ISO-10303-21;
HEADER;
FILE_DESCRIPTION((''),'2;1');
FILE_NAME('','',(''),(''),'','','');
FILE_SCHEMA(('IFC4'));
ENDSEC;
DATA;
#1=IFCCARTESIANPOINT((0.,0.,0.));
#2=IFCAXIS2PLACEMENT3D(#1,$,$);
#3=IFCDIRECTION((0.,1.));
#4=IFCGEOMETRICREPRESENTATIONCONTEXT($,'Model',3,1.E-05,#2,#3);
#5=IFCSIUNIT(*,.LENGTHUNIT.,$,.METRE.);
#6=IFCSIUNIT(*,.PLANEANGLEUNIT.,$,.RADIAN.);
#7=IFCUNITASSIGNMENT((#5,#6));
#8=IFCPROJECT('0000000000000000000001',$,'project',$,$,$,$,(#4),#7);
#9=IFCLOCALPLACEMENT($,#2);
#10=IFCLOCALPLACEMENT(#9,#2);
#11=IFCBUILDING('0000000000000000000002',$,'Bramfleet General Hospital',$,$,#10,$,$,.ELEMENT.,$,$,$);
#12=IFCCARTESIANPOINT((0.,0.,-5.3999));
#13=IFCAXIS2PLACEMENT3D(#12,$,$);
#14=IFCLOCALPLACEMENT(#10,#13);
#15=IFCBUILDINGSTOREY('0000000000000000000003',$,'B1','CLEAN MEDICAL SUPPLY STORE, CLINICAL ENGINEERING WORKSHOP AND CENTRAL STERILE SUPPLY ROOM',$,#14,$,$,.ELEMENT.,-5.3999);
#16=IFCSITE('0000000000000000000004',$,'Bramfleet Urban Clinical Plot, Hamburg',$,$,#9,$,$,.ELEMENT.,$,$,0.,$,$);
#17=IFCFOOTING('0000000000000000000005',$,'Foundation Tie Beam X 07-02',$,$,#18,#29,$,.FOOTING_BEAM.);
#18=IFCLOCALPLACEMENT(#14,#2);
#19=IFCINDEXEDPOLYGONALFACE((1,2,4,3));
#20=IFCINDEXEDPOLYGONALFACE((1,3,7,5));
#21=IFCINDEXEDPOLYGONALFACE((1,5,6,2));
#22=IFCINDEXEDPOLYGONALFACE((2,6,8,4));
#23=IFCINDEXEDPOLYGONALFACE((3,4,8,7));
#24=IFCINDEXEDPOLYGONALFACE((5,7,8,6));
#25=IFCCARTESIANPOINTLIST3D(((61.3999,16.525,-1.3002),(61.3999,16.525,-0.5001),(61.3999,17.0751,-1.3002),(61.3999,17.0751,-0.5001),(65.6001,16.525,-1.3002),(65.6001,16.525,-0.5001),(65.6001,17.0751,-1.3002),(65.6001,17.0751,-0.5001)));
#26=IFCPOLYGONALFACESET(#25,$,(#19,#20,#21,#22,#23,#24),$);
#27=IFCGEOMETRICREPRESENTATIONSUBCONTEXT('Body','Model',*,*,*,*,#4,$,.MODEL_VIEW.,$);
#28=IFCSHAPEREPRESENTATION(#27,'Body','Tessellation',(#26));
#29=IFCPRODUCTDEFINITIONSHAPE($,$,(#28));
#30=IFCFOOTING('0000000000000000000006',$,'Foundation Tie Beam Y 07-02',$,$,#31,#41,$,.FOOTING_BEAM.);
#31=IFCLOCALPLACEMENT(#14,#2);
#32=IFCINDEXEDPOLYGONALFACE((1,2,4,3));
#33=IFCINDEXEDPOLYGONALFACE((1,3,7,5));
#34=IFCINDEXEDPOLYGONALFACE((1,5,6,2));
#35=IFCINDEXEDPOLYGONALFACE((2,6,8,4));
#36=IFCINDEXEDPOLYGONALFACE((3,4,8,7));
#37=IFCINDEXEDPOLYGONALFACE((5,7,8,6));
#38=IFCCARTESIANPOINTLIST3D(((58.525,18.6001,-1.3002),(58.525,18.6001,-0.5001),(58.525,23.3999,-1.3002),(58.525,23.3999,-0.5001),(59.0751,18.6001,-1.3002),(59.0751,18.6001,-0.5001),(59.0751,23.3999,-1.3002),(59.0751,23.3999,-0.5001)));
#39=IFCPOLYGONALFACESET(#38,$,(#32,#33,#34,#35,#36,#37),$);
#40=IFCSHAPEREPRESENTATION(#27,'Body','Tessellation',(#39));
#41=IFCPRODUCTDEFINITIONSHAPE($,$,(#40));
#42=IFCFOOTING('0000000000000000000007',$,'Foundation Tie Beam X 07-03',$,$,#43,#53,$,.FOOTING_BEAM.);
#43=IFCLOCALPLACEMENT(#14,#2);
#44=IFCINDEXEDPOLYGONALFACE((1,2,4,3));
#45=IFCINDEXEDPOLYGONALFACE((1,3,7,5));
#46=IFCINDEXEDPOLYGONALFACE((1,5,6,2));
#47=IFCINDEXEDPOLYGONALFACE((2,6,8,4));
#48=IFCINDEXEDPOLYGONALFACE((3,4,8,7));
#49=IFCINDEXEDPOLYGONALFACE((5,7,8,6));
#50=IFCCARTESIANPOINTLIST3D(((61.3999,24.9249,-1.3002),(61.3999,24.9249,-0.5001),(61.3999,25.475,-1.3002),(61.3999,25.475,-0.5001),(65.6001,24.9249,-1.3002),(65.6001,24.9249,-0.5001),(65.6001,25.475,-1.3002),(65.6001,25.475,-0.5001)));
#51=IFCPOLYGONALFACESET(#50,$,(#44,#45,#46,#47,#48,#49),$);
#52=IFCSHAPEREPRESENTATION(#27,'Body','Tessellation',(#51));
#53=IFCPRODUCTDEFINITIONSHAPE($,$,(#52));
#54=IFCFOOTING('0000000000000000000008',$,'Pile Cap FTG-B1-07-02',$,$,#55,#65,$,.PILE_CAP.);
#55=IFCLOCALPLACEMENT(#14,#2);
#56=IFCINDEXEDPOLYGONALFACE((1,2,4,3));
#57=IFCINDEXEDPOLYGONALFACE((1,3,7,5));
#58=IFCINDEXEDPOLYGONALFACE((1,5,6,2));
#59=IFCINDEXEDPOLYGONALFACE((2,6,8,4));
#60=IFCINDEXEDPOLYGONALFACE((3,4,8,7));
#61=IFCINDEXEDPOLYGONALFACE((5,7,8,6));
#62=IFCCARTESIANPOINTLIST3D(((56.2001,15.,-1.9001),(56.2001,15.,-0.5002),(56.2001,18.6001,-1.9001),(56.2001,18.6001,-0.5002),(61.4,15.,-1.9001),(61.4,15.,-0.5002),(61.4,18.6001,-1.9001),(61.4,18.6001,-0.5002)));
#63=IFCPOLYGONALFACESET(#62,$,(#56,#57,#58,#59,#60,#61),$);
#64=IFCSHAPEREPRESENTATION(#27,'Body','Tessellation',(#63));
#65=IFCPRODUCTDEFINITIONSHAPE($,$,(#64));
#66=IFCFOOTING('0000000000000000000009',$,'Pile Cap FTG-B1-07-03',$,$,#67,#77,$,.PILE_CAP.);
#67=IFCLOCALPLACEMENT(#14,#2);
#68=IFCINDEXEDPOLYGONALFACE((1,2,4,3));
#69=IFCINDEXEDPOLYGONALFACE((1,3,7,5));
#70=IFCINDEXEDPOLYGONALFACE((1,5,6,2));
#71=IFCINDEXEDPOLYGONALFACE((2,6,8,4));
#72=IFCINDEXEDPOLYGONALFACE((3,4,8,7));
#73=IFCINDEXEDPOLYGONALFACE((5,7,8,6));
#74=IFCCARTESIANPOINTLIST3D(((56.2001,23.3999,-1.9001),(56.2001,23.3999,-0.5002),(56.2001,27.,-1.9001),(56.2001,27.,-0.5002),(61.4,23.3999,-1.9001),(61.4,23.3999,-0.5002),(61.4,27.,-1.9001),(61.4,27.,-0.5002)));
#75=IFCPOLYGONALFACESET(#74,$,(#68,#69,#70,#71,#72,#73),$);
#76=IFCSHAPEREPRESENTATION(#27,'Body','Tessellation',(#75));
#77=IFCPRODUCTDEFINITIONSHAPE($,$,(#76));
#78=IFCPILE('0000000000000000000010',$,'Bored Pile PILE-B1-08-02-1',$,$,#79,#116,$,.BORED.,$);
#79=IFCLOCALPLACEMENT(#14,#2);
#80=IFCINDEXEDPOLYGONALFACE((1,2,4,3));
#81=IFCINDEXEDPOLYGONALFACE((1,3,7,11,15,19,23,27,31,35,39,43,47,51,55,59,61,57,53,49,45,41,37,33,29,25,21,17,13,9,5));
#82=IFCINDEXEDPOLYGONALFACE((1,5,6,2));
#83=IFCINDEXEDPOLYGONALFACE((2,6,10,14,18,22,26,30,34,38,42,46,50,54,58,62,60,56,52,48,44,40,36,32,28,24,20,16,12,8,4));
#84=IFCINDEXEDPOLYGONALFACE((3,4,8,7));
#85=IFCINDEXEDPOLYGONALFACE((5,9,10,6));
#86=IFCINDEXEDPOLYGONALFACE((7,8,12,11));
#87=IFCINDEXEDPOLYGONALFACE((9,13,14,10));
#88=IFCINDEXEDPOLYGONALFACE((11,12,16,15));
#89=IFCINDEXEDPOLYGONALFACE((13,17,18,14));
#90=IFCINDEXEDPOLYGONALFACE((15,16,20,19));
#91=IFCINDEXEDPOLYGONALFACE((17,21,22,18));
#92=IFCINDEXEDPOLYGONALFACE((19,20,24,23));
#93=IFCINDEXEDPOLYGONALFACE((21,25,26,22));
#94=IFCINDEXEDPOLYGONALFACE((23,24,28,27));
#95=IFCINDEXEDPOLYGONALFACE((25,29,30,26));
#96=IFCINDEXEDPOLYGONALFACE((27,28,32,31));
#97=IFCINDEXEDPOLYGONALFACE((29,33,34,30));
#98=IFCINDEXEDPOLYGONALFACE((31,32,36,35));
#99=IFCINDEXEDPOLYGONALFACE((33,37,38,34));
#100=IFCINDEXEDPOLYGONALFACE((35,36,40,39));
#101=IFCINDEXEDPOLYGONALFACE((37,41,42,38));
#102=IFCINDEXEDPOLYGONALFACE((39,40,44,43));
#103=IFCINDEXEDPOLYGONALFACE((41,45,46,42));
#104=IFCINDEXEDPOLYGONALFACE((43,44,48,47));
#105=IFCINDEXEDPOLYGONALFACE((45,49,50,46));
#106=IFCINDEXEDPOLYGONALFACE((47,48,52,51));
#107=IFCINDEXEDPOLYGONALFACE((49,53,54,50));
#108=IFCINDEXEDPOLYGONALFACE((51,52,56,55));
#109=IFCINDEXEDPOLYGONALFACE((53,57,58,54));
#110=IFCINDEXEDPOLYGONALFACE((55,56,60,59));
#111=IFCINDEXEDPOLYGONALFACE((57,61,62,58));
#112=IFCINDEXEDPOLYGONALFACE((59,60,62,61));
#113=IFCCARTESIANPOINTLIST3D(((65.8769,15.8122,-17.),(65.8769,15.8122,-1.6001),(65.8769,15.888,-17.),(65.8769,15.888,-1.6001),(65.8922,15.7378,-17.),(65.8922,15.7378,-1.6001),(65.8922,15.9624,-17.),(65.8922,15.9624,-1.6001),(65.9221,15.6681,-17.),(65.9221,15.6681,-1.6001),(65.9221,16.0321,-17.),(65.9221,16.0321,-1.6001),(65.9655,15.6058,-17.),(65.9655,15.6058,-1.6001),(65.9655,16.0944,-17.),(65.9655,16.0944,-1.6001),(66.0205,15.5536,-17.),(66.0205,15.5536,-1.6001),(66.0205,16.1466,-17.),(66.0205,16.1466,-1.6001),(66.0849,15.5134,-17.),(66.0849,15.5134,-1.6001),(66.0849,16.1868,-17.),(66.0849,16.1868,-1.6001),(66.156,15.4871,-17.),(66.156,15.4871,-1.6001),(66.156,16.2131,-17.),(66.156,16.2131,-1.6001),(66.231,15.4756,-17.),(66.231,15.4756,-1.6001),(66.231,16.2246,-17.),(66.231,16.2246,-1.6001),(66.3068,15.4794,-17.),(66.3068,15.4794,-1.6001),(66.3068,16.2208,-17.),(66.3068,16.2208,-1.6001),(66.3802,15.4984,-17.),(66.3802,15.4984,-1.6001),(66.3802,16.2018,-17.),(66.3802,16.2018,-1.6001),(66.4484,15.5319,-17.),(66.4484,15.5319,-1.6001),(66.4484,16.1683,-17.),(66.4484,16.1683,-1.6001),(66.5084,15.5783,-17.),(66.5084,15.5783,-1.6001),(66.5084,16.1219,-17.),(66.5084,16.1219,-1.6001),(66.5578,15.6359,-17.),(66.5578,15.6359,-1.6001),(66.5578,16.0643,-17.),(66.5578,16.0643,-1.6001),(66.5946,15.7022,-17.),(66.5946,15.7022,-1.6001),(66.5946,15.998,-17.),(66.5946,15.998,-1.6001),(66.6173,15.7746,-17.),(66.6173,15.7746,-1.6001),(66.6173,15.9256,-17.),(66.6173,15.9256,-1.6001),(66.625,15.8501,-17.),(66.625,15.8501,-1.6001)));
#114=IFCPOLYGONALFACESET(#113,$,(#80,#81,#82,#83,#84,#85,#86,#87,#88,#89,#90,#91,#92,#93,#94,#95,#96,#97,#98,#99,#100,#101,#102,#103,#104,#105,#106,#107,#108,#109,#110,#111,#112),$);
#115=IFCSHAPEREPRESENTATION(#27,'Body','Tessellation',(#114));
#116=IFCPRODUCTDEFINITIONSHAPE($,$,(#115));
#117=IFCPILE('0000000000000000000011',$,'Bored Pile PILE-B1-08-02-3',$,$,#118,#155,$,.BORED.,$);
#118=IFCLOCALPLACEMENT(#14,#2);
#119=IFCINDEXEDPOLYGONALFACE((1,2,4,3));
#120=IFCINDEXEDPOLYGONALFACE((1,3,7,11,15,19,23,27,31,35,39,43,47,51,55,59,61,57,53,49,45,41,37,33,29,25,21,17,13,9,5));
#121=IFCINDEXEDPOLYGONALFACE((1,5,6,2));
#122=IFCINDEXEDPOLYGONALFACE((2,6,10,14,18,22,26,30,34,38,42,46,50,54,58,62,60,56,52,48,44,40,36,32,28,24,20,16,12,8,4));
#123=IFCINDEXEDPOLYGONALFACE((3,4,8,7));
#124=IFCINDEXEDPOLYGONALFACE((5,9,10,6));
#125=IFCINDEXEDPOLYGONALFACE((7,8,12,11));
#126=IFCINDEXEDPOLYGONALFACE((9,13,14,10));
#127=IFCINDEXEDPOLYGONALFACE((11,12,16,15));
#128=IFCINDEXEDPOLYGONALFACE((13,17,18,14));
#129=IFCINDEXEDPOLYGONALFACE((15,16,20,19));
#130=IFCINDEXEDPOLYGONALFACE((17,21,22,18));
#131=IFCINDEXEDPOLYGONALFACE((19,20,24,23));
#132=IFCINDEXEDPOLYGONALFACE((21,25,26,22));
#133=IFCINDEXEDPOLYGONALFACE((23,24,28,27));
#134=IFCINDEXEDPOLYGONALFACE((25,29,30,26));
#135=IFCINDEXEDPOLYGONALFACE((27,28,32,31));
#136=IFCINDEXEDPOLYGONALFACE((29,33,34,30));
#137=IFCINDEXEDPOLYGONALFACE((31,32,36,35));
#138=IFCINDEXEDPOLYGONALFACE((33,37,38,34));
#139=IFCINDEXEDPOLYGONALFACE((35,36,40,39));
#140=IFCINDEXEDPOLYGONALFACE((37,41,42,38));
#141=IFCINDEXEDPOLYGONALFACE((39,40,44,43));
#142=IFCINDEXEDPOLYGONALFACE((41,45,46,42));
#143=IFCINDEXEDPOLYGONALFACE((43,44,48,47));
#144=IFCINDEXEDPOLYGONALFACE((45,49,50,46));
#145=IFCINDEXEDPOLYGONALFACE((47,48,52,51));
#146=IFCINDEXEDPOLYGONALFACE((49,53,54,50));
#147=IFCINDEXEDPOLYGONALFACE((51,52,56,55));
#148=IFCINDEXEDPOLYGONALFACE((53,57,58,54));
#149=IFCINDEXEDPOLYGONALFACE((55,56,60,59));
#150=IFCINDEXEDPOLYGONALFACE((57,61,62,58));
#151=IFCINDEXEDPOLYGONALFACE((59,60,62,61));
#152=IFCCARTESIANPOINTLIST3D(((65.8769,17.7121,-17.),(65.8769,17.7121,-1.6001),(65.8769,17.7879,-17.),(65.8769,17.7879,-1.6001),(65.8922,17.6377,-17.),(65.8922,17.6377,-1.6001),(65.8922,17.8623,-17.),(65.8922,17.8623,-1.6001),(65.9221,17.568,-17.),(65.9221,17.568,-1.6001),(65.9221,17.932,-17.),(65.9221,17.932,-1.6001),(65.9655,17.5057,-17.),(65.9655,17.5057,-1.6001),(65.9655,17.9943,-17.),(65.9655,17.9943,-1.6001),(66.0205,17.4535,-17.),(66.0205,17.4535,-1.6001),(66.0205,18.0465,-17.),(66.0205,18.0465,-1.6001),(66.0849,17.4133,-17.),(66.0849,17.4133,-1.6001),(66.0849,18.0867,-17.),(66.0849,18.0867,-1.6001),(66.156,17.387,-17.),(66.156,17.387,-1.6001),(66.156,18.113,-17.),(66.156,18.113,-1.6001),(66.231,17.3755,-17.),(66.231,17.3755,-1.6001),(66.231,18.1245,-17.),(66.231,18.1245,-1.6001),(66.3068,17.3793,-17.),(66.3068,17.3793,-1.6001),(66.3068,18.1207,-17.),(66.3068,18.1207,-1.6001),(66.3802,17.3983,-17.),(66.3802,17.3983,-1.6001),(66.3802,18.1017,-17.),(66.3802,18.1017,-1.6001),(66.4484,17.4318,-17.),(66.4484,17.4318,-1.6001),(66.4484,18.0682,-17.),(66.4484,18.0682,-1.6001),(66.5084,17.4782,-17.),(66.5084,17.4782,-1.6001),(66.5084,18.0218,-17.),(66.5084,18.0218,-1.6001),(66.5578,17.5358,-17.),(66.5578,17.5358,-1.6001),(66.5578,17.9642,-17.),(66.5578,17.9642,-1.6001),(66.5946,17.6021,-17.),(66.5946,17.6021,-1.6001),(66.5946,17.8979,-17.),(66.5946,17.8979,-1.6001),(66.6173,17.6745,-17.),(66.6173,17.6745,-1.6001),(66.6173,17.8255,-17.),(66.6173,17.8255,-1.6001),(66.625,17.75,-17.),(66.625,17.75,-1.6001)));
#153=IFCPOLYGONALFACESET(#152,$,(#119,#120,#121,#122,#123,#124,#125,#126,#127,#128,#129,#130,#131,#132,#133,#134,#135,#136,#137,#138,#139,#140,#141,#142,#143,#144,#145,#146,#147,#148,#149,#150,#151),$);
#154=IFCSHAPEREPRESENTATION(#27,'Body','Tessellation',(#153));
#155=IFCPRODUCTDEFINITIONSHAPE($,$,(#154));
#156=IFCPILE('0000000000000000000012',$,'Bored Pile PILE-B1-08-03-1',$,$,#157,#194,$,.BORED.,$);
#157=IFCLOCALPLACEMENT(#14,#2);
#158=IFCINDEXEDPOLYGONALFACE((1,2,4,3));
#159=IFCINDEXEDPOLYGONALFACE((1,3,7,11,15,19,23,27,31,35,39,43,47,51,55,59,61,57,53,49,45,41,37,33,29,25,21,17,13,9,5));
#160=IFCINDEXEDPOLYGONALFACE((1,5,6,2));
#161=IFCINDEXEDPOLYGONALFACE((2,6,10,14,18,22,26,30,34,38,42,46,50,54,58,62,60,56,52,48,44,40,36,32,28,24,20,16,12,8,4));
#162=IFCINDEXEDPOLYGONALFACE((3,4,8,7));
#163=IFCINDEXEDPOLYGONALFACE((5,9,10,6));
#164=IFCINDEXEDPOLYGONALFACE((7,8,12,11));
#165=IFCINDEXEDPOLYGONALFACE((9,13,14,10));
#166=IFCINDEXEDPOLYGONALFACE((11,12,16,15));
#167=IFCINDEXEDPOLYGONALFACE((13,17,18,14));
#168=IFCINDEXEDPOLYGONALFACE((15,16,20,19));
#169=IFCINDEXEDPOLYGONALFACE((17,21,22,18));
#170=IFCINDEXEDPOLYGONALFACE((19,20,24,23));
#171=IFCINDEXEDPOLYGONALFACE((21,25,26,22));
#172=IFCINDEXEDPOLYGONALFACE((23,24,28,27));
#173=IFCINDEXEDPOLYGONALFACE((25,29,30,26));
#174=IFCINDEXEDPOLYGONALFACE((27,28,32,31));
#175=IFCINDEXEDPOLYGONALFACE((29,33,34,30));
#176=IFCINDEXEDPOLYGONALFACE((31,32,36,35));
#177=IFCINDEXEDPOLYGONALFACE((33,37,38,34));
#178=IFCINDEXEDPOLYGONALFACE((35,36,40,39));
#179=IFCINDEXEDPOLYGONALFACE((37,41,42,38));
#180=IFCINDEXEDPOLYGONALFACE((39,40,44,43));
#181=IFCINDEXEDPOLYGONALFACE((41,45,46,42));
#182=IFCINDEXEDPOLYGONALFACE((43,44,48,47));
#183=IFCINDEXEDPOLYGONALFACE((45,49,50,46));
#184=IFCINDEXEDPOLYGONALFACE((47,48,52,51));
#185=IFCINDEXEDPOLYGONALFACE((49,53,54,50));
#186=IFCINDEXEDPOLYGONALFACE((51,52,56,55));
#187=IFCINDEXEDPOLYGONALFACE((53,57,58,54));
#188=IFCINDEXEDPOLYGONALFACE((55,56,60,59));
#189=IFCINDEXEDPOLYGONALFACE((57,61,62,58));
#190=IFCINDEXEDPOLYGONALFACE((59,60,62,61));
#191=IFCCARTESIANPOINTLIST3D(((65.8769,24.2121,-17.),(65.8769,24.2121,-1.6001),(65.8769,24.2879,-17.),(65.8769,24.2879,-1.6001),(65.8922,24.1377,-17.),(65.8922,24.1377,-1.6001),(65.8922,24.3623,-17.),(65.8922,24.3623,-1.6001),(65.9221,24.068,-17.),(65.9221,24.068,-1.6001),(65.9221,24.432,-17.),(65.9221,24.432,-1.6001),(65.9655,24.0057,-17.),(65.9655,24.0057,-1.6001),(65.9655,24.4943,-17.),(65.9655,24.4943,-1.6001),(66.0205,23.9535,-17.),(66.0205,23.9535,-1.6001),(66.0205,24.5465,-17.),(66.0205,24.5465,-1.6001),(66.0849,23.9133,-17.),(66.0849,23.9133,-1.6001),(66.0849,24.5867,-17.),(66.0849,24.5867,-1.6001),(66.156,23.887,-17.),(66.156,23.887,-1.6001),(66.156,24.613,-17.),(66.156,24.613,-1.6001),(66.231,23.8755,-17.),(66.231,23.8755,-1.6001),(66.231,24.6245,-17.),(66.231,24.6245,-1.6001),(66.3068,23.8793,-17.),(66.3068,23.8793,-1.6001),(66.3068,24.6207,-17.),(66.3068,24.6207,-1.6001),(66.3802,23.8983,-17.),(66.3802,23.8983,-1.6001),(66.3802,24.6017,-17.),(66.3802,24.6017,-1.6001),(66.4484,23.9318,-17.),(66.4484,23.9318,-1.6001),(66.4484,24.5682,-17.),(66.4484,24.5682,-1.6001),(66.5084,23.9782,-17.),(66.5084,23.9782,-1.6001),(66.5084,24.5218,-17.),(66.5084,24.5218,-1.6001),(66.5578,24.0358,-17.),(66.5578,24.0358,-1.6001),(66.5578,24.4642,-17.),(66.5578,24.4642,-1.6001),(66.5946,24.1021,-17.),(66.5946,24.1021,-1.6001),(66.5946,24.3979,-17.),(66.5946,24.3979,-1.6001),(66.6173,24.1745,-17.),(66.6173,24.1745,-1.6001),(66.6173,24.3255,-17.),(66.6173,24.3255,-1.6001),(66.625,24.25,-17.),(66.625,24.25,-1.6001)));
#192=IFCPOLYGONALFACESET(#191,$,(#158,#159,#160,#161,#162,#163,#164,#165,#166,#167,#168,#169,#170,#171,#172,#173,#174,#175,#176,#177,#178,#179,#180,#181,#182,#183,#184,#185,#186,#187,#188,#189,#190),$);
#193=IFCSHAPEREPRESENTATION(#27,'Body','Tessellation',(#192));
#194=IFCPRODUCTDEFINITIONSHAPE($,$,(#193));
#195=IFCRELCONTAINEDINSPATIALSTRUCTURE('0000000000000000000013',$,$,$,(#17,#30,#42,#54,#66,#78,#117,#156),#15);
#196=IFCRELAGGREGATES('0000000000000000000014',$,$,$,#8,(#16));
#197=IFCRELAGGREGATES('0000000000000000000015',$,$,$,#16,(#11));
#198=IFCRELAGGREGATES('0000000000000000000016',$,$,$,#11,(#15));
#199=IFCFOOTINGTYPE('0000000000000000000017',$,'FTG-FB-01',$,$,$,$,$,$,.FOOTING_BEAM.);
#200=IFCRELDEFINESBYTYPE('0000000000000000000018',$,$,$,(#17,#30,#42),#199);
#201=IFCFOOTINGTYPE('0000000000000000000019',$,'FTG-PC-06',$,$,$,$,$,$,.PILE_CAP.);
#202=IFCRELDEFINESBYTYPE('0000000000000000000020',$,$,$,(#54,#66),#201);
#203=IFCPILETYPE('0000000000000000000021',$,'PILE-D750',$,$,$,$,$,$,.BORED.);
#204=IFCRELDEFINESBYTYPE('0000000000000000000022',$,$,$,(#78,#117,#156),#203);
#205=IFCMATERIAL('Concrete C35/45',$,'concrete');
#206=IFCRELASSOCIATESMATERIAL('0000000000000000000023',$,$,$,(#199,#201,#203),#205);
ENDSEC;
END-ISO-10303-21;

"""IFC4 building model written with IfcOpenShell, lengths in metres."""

from ifc_helpers import new_model, si_unit, direction, frame, origin, origin_2d, place, context, subcontext, project, spatial, rectangle, circle, extrude, material, material_profile, profile_set, type_object, element, save


model = new_model("IFC4")

# Units and contexts
model_context = context("Model", 3, precision=1e-05, world=origin(), true_north=direction((0.0, 1.0)))
body_context = subcontext(model_context, "Body", "Model", "MODEL_VIEW")
ifc_project = project(units=[si_unit("LENGTHUNIT", "METRE"), si_unit("PLANEANGLEUNIT", "RADIAN")], contexts=[model_context])

# Site, building, storey
site_placement = place(None, origin())
site = spatial("IfcSite", under=ifc_project, at=site_placement, Name="Bramfleet Urban Clinical Plot, Hamburg", CompositionType="ELEMENT", RefElevation=0.0)
building_placement = place(site_placement, origin())
building = spatial("IfcBuilding", under=site, at=building_placement, Name="Bramfleet General Hospital", CompositionType="ELEMENT")
storey_placement = place(building_placement, frame((0.0, 0.0, -5.3999)))
storey = spatial("IfcBuildingStorey", under=building, at=storey_placement, Name="B1", Description="CLEAN MEDICAL SUPPLY STORE, CLINICAL ENGINEERING WORKSHOP AND CENTRAL STERILE SUPPLY ROOM", CompositionType="ELEMENT", Elevation=-5.3999)

# Footings
ifc_material_1 = material(Name="Concrete C35/45", Category="concrete")
ifc_material_profile_1 = material_profile(ifc_material_1, rectangle(XDim=0.55, YDim=0.8, at=origin_2d()), Name="RC FB 800x550")
ifc_profile_set_1 = profile_set([ifc_material_profile_1], Name="Concrete C35/45")
footing_type_1 = type_object("IfcFootingType", Name="FTG-FB-01", PredefinedType="FOOTING_BEAM", material=ifc_profile_set_1)
footing_1_placement = place(storey_placement, frame((61.3999, 16.8, -0.9001), z_axis=(1.0, 0.0, 0.0), x_axis=(0.0, 1.0, 0.0)))
element("IfcFooting", 1, at=footing_1_placement, inside=storey, type_object=footing_type_1, Name="Foundation Tie Beam X 07-02", PredefinedType="FOOTING_BEAM", context=body_context, shape_type="SweptSolid", body=[
    extrude(rectangle(XDim=0.55, YDim=0.8, at=origin_2d()), origin(), (0.0, 0.0, 1.0), 4.2002),
])
footing_2_placement = place(storey_placement, frame((58.8, 18.6001, -0.9001), z_axis=(0.0, 1.0, 0.0), x_axis=(-1.0, 0.0, 0.0)))
element("IfcFooting", 2, at=footing_2_placement, inside=storey, type_object=footing_type_1, Name="Foundation Tie Beam Y 07-02", PredefinedType="FOOTING_BEAM", context=body_context, shape_type="SweptSolid", body=[
    extrude(rectangle(XDim=0.55, YDim=0.8, at=origin_2d()), origin(), (0.0, 0.0, 1.0), 4.7998),
])
footing_3_placement = place(storey_placement, frame((61.3999, 25.2, -0.9001), z_axis=(1.0, 0.0, 0.0), x_axis=(0.0, 1.0, 0.0)))
element("IfcFooting", 3, at=footing_3_placement, inside=storey, type_object=footing_type_1, Name="Foundation Tie Beam X 07-03", PredefinedType="FOOTING_BEAM", context=body_context, shape_type="SweptSolid", body=[
    extrude(rectangle(XDim=0.55, YDim=0.8, at=origin_2d()), origin(), (0.0, 0.0, 1.0), 4.2002),
])
footing_type_2 = type_object("IfcFootingType", Name="FTG-PC-06", PredefinedType="PILE_CAP", material=ifc_material_1)
for number, where, z_axis, x_axis, name in (
    (4, (58.8, 16.8, -1.9001), (0.0, 0.0, 1.0), (1.0, 0.0, 0.0), "Pile Cap FTG-B1-07-02"),
    (5, (58.8, 25.2, -1.9001), (0.0, 0.0, 1.0), (1.0, 0.0, 0.0), "Pile Cap FTG-B1-07-03"),
):
    element("IfcFooting", number, at=place(storey_placement, frame(where, z_axis=z_axis, x_axis=x_axis)), inside=storey, type_object=footing_type_2, Name=name, PredefinedType="PILE_CAP", context=body_context, shape_type="SweptSolid", body=[
        extrude(rectangle(XDim=5.2, YDim=3.6001, at=origin_2d()), origin(), (0.0, 0.0, 1.0), 1.3999),
    ])

# Piles
ifc_material_profile_2 = material_profile(ifc_material_1, circle(Radius=0.375, at=origin_2d()), Name="PILE BORED D750")
ifc_profile_set_2 = profile_set([ifc_material_profile_2], Name="Concrete C35/45")
pile_type_1 = type_object("IfcPileType", Name="PILE-D750", PredefinedType="BORED", material=ifc_profile_set_2)
for number, where, z_axis, x_axis, name in (
    (6, (66.25, 15.8501, -1.6001), (0.0, 0.0, -1.0), (1.0, 0.0, 0.0), "Bored Pile PILE-B1-08-02-1"),
    (7, (66.25, 17.75, -1.6001), (0.0, 0.0, -1.0), (1.0, 0.0, 0.0), "Bored Pile PILE-B1-08-02-3"),
    (8, (66.25, 24.25, -1.6001), (0.0, 0.0, -1.0), (1.0, 0.0, 0.0), "Bored Pile PILE-B1-08-03-1"),
):
    element("IfcPile", number, at=place(storey_placement, frame(where, z_axis=z_axis, x_axis=x_axis)), inside=storey, type_object=pile_type_1, Name=name, PredefinedType="BORED", context=body_context, shape_type="SweptSolid", body=[
        extrude(circle(Radius=0.375, at=origin_2d()), origin(), (0.0, 0.0, 1.0), 15.3999),
    ])

save(model, "model.ifc")
